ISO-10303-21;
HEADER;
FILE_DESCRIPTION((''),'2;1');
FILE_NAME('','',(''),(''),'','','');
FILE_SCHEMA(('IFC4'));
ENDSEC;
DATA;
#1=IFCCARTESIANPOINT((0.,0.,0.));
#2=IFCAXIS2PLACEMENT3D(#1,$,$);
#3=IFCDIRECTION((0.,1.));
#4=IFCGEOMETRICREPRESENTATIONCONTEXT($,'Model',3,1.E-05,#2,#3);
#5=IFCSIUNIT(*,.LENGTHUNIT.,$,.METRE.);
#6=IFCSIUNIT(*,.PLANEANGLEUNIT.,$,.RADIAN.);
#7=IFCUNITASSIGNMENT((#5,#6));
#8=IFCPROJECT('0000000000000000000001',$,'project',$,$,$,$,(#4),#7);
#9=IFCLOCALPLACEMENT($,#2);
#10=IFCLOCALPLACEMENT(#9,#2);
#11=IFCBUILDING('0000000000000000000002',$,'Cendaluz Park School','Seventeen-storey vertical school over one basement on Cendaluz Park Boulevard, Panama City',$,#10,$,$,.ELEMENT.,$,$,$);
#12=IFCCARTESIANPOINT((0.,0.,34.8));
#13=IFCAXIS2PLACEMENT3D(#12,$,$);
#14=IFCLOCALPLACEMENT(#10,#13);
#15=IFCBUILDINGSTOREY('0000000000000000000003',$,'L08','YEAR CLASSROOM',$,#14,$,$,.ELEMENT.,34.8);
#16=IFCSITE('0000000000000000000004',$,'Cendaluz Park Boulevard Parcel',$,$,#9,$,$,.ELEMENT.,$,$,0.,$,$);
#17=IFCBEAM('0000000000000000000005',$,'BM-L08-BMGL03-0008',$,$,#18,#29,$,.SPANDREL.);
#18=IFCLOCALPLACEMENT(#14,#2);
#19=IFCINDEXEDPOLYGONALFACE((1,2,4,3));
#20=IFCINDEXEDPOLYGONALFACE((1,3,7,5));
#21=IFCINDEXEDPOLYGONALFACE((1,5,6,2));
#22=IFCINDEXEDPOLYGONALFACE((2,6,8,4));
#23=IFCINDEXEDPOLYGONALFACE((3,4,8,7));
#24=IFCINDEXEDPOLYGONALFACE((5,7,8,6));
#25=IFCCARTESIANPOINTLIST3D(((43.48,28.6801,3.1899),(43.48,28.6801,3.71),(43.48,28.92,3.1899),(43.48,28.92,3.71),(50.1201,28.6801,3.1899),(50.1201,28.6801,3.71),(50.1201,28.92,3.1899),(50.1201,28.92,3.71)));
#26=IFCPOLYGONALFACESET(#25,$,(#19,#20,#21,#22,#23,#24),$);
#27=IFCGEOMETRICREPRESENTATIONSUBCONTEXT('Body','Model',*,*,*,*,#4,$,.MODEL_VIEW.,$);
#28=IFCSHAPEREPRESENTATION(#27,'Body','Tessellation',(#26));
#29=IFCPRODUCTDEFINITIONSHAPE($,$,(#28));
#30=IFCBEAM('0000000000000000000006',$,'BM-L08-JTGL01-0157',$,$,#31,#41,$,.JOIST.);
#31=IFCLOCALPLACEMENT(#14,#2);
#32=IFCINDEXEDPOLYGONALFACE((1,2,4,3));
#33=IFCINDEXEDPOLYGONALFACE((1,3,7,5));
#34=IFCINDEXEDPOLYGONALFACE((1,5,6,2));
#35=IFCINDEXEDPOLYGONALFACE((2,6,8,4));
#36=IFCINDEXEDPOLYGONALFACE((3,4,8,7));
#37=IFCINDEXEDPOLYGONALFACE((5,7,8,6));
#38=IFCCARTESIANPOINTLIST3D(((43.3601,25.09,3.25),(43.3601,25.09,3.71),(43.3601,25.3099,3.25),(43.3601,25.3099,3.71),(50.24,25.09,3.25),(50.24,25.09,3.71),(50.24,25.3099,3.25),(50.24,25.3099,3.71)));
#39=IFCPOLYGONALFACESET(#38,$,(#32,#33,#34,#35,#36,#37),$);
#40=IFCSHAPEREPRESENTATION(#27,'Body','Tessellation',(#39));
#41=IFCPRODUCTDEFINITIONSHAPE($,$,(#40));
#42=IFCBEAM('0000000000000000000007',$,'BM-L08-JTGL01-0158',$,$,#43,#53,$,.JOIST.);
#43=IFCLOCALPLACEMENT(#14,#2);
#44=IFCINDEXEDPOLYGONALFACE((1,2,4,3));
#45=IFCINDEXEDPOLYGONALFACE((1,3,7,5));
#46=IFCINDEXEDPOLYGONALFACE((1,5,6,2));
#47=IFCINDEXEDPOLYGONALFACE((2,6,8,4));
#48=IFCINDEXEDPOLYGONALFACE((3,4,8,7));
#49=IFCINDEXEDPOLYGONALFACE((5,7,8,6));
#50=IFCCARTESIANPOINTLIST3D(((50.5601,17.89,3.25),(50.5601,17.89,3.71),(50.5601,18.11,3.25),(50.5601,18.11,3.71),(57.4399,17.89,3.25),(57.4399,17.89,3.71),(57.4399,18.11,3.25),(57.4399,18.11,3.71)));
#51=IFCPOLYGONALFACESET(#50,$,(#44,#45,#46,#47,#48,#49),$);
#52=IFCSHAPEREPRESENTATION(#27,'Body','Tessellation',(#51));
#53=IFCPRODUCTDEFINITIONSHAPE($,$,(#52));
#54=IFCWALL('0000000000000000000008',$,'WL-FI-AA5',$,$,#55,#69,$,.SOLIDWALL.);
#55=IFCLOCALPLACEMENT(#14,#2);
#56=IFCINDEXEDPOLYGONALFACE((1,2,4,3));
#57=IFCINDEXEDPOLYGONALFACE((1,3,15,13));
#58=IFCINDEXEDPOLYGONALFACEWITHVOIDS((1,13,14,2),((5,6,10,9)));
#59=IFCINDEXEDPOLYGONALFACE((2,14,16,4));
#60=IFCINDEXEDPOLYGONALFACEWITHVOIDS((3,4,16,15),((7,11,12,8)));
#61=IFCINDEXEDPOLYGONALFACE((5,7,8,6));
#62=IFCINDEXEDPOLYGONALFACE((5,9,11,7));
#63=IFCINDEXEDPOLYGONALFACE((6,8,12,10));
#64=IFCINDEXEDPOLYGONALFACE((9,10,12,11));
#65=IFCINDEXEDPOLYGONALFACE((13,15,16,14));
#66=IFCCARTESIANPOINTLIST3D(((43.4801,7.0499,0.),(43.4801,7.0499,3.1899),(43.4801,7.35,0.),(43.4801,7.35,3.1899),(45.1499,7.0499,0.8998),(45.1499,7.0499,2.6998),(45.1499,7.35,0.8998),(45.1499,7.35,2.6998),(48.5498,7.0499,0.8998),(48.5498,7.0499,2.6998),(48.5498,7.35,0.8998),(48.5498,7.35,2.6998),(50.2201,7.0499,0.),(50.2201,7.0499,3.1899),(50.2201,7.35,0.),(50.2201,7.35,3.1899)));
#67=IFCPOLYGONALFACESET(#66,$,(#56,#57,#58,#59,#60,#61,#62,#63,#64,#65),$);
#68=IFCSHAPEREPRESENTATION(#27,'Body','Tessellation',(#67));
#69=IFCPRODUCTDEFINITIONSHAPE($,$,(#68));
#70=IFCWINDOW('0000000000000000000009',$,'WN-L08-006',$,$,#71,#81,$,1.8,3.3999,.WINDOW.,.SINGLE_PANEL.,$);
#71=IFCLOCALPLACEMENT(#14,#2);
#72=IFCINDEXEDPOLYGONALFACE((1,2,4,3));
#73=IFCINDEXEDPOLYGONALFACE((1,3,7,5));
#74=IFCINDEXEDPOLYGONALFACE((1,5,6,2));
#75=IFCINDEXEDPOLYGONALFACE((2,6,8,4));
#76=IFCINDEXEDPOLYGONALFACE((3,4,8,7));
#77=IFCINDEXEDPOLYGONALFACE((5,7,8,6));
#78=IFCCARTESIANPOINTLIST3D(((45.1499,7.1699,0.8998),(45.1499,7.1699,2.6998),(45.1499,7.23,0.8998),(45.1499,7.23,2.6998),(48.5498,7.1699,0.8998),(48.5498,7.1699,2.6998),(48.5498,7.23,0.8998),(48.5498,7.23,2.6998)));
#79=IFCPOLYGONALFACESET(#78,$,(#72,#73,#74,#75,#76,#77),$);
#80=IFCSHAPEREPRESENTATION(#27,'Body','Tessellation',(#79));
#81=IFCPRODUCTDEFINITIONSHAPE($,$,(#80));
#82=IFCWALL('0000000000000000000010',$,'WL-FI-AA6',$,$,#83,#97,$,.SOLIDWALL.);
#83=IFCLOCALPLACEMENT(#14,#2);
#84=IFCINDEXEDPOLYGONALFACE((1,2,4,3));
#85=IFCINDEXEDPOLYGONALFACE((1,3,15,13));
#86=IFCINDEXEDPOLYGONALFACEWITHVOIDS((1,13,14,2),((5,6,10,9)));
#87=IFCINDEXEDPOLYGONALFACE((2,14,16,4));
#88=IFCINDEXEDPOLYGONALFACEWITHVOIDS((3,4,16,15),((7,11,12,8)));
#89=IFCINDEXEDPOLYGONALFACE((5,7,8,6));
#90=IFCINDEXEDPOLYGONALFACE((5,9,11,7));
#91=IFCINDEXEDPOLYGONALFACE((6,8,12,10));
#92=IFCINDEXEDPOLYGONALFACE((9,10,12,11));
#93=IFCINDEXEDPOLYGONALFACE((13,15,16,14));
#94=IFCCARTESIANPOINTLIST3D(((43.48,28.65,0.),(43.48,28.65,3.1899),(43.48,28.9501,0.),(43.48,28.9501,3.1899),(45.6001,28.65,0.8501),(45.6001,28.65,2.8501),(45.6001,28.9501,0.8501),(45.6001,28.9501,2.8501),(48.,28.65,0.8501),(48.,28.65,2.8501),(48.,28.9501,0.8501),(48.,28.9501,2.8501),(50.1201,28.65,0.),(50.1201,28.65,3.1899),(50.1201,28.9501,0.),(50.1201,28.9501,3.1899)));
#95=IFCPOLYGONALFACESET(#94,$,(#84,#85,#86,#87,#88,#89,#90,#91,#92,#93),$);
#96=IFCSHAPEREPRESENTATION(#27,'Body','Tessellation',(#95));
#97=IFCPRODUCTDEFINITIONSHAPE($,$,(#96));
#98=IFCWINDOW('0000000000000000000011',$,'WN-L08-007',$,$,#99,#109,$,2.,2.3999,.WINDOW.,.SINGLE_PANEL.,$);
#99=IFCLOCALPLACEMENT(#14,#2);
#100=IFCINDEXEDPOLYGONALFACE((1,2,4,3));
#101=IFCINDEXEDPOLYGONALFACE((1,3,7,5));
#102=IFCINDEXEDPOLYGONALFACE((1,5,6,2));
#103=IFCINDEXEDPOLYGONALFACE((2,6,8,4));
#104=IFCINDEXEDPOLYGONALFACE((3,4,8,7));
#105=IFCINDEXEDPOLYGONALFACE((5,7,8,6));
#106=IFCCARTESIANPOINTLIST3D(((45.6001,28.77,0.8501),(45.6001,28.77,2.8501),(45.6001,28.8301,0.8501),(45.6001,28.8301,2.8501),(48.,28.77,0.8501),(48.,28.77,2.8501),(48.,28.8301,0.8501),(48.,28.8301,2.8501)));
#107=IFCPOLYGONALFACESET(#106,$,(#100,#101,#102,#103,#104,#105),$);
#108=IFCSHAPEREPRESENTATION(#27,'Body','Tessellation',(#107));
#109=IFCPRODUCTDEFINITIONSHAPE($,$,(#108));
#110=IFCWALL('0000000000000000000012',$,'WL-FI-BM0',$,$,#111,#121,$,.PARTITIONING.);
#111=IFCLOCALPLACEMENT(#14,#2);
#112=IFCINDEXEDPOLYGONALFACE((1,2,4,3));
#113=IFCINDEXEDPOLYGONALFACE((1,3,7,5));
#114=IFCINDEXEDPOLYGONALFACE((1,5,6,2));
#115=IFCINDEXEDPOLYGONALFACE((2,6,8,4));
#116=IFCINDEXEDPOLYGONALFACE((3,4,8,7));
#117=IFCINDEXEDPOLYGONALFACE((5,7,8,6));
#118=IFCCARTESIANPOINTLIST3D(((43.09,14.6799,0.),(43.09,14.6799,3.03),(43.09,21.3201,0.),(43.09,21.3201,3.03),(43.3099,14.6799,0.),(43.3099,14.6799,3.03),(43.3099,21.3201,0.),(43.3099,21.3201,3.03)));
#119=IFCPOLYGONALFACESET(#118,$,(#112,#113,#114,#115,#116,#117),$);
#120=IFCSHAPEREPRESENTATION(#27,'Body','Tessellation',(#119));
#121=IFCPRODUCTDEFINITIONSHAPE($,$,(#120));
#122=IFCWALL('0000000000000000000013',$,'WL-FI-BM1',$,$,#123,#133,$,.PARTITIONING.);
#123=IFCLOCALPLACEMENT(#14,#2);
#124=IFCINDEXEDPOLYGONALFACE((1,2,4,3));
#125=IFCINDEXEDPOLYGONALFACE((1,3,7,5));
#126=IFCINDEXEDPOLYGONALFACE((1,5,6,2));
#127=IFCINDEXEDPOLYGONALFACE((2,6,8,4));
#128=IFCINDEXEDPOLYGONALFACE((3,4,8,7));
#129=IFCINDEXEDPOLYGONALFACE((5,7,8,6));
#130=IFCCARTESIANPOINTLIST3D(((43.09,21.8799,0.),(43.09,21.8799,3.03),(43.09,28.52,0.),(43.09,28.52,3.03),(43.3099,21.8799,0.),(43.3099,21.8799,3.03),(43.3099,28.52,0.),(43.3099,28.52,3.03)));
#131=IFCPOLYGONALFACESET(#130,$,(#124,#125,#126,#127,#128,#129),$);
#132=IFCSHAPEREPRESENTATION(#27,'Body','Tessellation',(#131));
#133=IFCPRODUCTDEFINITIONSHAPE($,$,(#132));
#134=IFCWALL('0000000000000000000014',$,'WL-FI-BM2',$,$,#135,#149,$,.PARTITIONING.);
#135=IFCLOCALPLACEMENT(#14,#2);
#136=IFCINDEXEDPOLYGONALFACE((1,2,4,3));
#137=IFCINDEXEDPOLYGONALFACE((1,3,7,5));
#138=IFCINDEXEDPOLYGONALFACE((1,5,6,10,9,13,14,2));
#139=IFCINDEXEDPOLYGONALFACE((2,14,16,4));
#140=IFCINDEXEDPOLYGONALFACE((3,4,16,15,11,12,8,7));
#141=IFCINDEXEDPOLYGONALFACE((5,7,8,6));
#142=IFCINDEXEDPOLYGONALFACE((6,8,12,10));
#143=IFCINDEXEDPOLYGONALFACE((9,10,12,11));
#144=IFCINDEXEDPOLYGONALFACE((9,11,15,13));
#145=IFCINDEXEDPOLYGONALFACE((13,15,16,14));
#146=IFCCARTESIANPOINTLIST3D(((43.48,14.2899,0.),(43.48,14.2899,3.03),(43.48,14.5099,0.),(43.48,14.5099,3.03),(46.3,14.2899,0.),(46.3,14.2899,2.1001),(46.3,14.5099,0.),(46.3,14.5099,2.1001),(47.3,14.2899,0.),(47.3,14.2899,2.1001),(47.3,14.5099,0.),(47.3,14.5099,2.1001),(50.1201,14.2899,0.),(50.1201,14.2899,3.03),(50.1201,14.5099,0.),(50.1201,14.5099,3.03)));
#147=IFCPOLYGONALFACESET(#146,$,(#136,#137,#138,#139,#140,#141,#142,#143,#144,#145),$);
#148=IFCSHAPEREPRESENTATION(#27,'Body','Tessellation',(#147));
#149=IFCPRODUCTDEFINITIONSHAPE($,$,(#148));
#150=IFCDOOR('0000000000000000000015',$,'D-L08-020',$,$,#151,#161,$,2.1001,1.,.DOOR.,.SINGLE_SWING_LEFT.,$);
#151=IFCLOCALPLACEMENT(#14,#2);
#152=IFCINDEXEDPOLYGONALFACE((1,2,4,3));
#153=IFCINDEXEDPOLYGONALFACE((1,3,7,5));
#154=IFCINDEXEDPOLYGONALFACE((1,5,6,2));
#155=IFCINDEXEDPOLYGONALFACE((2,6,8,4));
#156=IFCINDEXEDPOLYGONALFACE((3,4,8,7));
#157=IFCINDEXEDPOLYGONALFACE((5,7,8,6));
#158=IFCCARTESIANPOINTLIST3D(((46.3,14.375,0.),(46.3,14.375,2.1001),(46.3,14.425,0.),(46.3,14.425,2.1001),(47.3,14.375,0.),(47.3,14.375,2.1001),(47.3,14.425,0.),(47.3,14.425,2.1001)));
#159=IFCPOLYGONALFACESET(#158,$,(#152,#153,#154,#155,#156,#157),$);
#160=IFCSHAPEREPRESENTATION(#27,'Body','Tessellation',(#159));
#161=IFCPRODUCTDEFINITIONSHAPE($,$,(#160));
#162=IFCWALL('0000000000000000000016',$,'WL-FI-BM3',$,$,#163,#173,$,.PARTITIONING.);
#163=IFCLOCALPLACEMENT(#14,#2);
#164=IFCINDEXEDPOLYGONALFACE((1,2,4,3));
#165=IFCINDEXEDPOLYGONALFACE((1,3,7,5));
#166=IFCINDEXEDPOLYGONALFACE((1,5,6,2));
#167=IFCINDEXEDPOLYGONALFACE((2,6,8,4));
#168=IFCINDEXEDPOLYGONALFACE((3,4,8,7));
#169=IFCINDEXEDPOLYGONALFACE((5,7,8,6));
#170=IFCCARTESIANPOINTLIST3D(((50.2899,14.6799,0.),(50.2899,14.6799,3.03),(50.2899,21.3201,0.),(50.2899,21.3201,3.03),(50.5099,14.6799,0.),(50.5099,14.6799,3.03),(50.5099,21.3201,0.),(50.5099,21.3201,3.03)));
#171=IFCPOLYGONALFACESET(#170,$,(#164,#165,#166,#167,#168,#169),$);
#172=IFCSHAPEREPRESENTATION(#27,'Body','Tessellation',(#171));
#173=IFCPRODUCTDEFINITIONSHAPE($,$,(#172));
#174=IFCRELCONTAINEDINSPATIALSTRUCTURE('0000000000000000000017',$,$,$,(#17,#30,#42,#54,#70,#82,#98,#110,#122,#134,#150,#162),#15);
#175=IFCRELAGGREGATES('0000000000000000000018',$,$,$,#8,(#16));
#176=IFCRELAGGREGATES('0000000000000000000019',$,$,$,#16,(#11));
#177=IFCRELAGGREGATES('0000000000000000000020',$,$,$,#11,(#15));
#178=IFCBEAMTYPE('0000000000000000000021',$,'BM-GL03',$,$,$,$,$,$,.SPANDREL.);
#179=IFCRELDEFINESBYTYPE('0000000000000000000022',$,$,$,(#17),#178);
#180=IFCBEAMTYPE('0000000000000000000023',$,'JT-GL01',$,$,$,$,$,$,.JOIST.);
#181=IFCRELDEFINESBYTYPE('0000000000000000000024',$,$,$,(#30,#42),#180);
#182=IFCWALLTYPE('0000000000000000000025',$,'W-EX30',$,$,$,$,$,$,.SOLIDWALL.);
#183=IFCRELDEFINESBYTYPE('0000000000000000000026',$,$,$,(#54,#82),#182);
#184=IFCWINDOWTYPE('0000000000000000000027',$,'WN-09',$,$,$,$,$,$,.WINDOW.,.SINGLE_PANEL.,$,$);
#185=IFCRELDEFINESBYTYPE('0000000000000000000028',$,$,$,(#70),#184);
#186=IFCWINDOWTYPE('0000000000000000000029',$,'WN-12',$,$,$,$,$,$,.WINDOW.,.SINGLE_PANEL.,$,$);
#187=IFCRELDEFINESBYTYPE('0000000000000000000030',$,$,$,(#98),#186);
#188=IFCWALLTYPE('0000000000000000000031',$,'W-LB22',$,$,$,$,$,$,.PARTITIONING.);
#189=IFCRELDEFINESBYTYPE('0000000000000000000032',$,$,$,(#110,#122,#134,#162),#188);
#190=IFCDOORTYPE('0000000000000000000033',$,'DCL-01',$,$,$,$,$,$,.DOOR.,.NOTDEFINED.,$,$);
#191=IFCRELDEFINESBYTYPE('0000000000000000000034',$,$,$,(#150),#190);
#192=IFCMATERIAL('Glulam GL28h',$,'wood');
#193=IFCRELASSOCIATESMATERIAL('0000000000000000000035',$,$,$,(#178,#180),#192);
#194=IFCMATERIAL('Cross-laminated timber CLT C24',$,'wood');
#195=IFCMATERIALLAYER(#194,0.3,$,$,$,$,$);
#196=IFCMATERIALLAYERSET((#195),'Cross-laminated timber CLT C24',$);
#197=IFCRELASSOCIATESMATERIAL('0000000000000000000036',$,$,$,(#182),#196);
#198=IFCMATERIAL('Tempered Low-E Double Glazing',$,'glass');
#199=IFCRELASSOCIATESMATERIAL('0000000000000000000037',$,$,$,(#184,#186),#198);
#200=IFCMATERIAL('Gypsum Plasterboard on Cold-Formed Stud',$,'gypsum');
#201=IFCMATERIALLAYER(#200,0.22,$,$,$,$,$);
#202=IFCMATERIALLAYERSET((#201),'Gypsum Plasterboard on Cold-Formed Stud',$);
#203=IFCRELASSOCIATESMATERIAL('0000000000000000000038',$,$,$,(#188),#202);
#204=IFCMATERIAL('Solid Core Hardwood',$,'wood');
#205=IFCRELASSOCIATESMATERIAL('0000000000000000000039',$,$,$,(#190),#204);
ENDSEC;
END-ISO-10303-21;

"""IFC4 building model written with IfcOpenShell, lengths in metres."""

from ifc_helpers import new_model, si_unit, direction, frame, frame_2d, origin, origin_2d, place, context, subcontext, project, spatial, rectangle, extrude, material, layer, layer_set, material_profile, profile_set, type_object, element, fill, save


model = new_model("IFC4")

# Units and contexts
model_context = context("Model", 3, precision=1e-05, world=origin(), true_north=direction((0.0, 1.0)))
body_context = subcontext(model_context, "Body", "Model", "MODEL_VIEW")
ifc_project = project(units=[si_unit("LENGTHUNIT", "METRE"), si_unit("PLANEANGLEUNIT", "RADIAN")], contexts=[model_context])

# Site, building, storey
site_placement = place(None, origin())
site = spatial("IfcSite", under=ifc_project, at=site_placement, Name="Cendaluz Park Boulevard Parcel", CompositionType="ELEMENT", RefElevation=0.0)
building_placement = place(site_placement, origin())
building = spatial("IfcBuilding", under=site, at=building_placement, Name="Cendaluz Park School", Description="Seventeen-storey vertical school over one basement on Cendaluz Park Boulevard, Panama City", CompositionType="ELEMENT")
storey_placement = place(building_placement, frame((0.0, 0.0, 34.8)))
storey = spatial("IfcBuildingStorey", under=building, at=storey_placement, Name="L08", Description="YEAR CLASSROOM", CompositionType="ELEMENT", Elevation=34.8)

# Beams
ifc_material_1 = material(Name="Glulam GL28h", Category="wood")
ifc_material_profile_1 = material_profile(ifc_material_1, rectangle(XDim=0.24, YDim=0.52, at=origin_2d()), Name="GL28h 240x520", Category="wood")
ifc_profile_set_1 = profile_set([ifc_material_profile_1], Name="Glulam GL28h")
beam_type_1 = type_object("IfcBeamType", Name="BM-GL03", PredefinedType="SPANDREL", material=ifc_profile_set_1)
beam_1_placement = place(storey_placement, frame((43.48, 28.8, 3.45), z_axis=(1.0, 0.0, 0.0), x_axis=(0.0, 1.0, 0.0)))
element("IfcBeam", 1, at=beam_1_placement, inside=storey, type_object=beam_type_1, Name="BM-L08-BMGL03-0008", PredefinedType="SPANDREL", context=body_context, shape_type="SweptSolid", body=[
    extrude(rectangle(XDim=0.24, YDim=0.52, at=origin_2d()), origin(), (0.0, 0.0, 1.0), 6.6401),
])
ifc_material_profile_2 = material_profile(ifc_material_1, rectangle(XDim=0.22, YDim=0.46, at=origin_2d()), Name="GL28h 220x460", Category="wood")
ifc_profile_set_2 = profile_set([ifc_material_profile_2], Name="Glulam GL28h")
beam_type_2 = type_object("IfcBeamType", Name="JT-GL01", PredefinedType="JOIST", material=ifc_profile_set_2)
for number, where, z_axis, x_axis, name in (
    (2, (43.3601, 25.2, 3.48), (1.0, 0.0, 0.0), (0.0, 1.0, 0.0), "BM-L08-JTGL01-0157"),
    (3, (50.5601, 18.0, 3.48), (1.0, 0.0, 0.0), (0.0, 1.0, 0.0), "BM-L08-JTGL01-0158"),
):
    element("IfcBeam", number, at=place(storey_placement, frame(where, z_axis=z_axis, x_axis=x_axis)), inside=storey, type_object=beam_type_2, Name=name, PredefinedType="JOIST", context=body_context, shape_type="SweptSolid", body=[
        extrude(rectangle(XDim=0.22, YDim=0.46, at=origin_2d()), origin(), (0.0, 0.0, 1.0), 6.8799),
    ])

# Walls, openings, windows
ifc_material_2 = material(Name="Cross-laminated timber CLT C24", Category="wood")
ifc_layer_1 = layer(ifc_material_2, 0.3)
ifc_layer_set_1 = layer_set([ifc_layer_1], Name="Cross-laminated timber CLT C24")
wall_type_1 = type_object("IfcWallType", Name="W-EX30", PredefinedType="SOLIDWALL", material=ifc_layer_set_1)
wall_1_placement = place(storey_placement, frame((43.48, 7.2, 0.0), z_axis=(0.0, 0.0, 1.0), x_axis=(1.0, 0.0, 0.0)))
wall_1 = element("IfcWall", 4, at=wall_1_placement, inside=storey, type_object=wall_type_1, Name="WL-FI-AA5", PredefinedType="SOLIDWALL", context=body_context, shape_type="SweptSolid", body=[
    extrude(rectangle(XDim=6.74, YDim=0.3, at=frame_2d((3.3701, 0.0))), origin(), (0.0, 0.0, 1.0), 3.1899),
])
opening_1_placement = place(wall_1_placement, frame((1.6699, 0.0, 0.8999)))
opening_1 = element("IfcOpeningElement", 5, at=opening_1_placement, cuts=wall_1, PredefinedType="OPENING", context=body_context, shape_type="SweptSolid", body=[
    extrude(rectangle(XDim=3.3999, YDim=1.8, at=frame_2d((1.7, 0.8999))), frame((0.0, 0.1621, 0.0), z_axis=(0.0, -1.0, 0.0), x_axis=(1.0, 0.0, 0.0)), (0.0, 0.0, 1.0), 0.324),
])
ifc_material_3 = material(Name="Tempered Low-E Double Glazing", Category="glass")
window_type_1 = type_object("IfcWindowType", Name="WN-09", PartitioningType="SINGLE_PANEL", PredefinedType="WINDOW", material=ifc_material_3)
window_1_placement = place(opening_1_placement, origin())
window_1 = element("IfcWindow", 6, at=window_1_placement, inside=storey, type_object=window_type_1, Name="WN-L08-006", OverallHeight=1.8, OverallWidth=3.3999, PartitioningType="SINGLE_PANEL", PredefinedType="WINDOW", context=body_context, shape_type="SweptSolid", body=[
    extrude(rectangle(XDim=3.3999, YDim=1.8, at=frame_2d((1.7, 0.8999))), frame((0.0, 0.03, 0.0), z_axis=(0.0, -1.0, 0.0), x_axis=(1.0, 0.0, 0.0)), (0.0, 0.0, 1.0), 0.0601),
])
fill(opening_1, window_1)
wall_2_placement = place(storey_placement, frame((43.48, 28.8, 0.0), z_axis=(0.0, 0.0, 1.0), x_axis=(1.0, 0.0, 0.0)))
wall_2 = element("IfcWall", 7, at=wall_2_placement, inside=storey, type_object=wall_type_1, Name="WL-FI-AA6", PredefinedType="SOLIDWALL", context=body_context, shape_type="SweptSolid", body=[
    extrude(rectangle(XDim=6.6401, YDim=0.3, at=frame_2d((3.3201, 0.0))), origin(), (0.0, 0.0, 1.0), 3.1899),
])
opening_2_placement = place(wall_2_placement, frame((2.1201, 0.0, 0.8501)))
opening_2 = element("IfcOpeningElement", 8, at=opening_2_placement, cuts=wall_2, PredefinedType="OPENING", context=body_context, shape_type="SweptSolid", body=[
    extrude(rectangle(XDim=2.3999, YDim=2.0, at=frame_2d((1.2, 1.0))), frame((0.0, 0.1621, 0.0), z_axis=(0.0, -1.0, 0.0), x_axis=(1.0, 0.0, 0.0)), (0.0, 0.0, 1.0), 0.324),
])
window_type_2 = type_object("IfcWindowType", Name="WN-12", PartitioningType="SINGLE_PANEL", PredefinedType="WINDOW", material=ifc_material_3)
window_2_placement = place(opening_2_placement, origin())
window_2 = element("IfcWindow", 9, at=window_2_placement, inside=storey, type_object=window_type_2, Name="WN-L08-007", OverallHeight=2.0, OverallWidth=2.3999, PartitioningType="SINGLE_PANEL", PredefinedType="WINDOW", context=body_context, shape_type="SweptSolid", body=[
    extrude(rectangle(XDim=2.3999, YDim=2.0, at=frame_2d((1.2, 1.0))), frame((0.0, 0.03, 0.0), z_axis=(0.0, -1.0, 0.0), x_axis=(1.0, 0.0, 0.0)), (0.0, 0.0, 1.0), 0.0601),
])
fill(opening_2, window_2)

# Walls
ifc_material_4 = material(Name="Gypsum Plasterboard on Cold-Formed Stud", Category="gypsum")
ifc_layer_2 = layer(ifc_material_4, 0.22)
ifc_layer_set_2 = layer_set([ifc_layer_2], Name="Gypsum Plasterboard on Cold-Formed Stud")
wall_type_2 = type_object("IfcWallType", Name="W-LB22", PredefinedType="PARTITIONING", material=ifc_layer_set_2)
for number, where, z_axis, x_axis, name in (
    (10, (43.2, 14.6799, 0.0), (0.0, 0.0, 1.0), (0.0, 1.0, 0.0), "WL-FI-BM0"),
    (11, (43.2, 21.8799, 0.0), (0.0, 0.0, 1.0), (0.0, 1.0, 0.0), "WL-FI-BM1"),
):
    element("IfcWall", number, at=place(storey_placement, frame(where, z_axis=z_axis, x_axis=x_axis)), inside=storey, type_object=wall_type_2, Name=name, PredefinedType="PARTITIONING", context=body_context, shape_type="SweptSolid", body=[
        extrude(rectangle(XDim=6.6401, YDim=0.22, at=frame_2d((3.3201, 0.0))), origin(), (0.0, 0.0, 1.0), 3.03),
    ])

# Wall, opening, door
wall_3_placement = place(storey_placement, frame((43.48, 14.3999, 0.0), z_axis=(0.0, 0.0, 1.0), x_axis=(1.0, 0.0, 0.0)))
wall_3 = element("IfcWall", 12, at=wall_3_placement, inside=storey, type_object=wall_type_2, Name="WL-FI-BM2", PredefinedType="PARTITIONING", context=body_context, shape_type="SweptSolid", body=[
    extrude(rectangle(XDim=6.6401, YDim=0.22, at=frame_2d((3.3201, 0.0))), origin(), (0.0, 0.0, 1.0), 3.03),
])
opening_3_placement = place(wall_3_placement, frame((2.8201, 0.0, 0.0)))
opening_3 = element("IfcOpeningElement", 13, at=opening_3_placement, cuts=wall_3, PredefinedType="OPENING", context=body_context, shape_type="SweptSolid", body=[
    extrude(rectangle(XDim=1.0, YDim=2.1001, at=frame_2d((0.5, 1.05))), frame((0.0, 0.1221, 0.0), z_axis=(0.0, -1.0, 0.0), x_axis=(1.0, 0.0, 0.0)), (0.0, 0.0, 1.0), 0.2439),
])
ifc_material_5 = material(Name="Solid Core Hardwood", Category="wood")
door_type = type_object("IfcDoorType", Name="DCL-01", OperationType="NOTDEFINED", PredefinedType="DOOR", material=ifc_material_5)
door_placement = place(opening_3_placement, frame((1.0, 0.0, 0.0), z_axis=(0.0, 0.0, 1.0), x_axis=(-1.0, 0.0, 0.0)))
door = element("IfcDoor", 14, at=door_placement, inside=storey, type_object=door_type, Name="D-L08-020", OperationType="SINGLE_SWING_LEFT", OverallHeight=2.1001, OverallWidth=1.0, PredefinedType="DOOR", context=body_context, shape_type="SweptSolid", body=[
    extrude(rectangle(XDim=1.0, YDim=2.1001, at=frame_2d((0.5, 1.05))), frame((0.0, 0.0249, 0.0), z_axis=(0.0, -1.0, 0.0), x_axis=(1.0, 0.0, 0.0)), (0.0, 0.0, 1.0), 0.05),
])
fill(opening_3, door)

# Wall
for number, where, z_axis, x_axis, name in (
    (15, (50.3999, 14.6799, 0.0), (0.0, 0.0, 1.0), (0.0, 1.0, 0.0), "WL-FI-BM3"),
):
    element("IfcWall", number, at=place(storey_placement, frame(where, z_axis=z_axis, x_axis=x_axis)), inside=storey, type_object=wall_type_2, Name=name, PredefinedType="PARTITIONING", context=body_context, shape_type="SweptSolid", body=[
        extrude(rectangle(XDim=6.6401, YDim=0.22, at=frame_2d((3.3201, 0.0))), origin(), (0.0, 0.0, 1.0), 3.03),
    ])

save(model, "model.ifc")
